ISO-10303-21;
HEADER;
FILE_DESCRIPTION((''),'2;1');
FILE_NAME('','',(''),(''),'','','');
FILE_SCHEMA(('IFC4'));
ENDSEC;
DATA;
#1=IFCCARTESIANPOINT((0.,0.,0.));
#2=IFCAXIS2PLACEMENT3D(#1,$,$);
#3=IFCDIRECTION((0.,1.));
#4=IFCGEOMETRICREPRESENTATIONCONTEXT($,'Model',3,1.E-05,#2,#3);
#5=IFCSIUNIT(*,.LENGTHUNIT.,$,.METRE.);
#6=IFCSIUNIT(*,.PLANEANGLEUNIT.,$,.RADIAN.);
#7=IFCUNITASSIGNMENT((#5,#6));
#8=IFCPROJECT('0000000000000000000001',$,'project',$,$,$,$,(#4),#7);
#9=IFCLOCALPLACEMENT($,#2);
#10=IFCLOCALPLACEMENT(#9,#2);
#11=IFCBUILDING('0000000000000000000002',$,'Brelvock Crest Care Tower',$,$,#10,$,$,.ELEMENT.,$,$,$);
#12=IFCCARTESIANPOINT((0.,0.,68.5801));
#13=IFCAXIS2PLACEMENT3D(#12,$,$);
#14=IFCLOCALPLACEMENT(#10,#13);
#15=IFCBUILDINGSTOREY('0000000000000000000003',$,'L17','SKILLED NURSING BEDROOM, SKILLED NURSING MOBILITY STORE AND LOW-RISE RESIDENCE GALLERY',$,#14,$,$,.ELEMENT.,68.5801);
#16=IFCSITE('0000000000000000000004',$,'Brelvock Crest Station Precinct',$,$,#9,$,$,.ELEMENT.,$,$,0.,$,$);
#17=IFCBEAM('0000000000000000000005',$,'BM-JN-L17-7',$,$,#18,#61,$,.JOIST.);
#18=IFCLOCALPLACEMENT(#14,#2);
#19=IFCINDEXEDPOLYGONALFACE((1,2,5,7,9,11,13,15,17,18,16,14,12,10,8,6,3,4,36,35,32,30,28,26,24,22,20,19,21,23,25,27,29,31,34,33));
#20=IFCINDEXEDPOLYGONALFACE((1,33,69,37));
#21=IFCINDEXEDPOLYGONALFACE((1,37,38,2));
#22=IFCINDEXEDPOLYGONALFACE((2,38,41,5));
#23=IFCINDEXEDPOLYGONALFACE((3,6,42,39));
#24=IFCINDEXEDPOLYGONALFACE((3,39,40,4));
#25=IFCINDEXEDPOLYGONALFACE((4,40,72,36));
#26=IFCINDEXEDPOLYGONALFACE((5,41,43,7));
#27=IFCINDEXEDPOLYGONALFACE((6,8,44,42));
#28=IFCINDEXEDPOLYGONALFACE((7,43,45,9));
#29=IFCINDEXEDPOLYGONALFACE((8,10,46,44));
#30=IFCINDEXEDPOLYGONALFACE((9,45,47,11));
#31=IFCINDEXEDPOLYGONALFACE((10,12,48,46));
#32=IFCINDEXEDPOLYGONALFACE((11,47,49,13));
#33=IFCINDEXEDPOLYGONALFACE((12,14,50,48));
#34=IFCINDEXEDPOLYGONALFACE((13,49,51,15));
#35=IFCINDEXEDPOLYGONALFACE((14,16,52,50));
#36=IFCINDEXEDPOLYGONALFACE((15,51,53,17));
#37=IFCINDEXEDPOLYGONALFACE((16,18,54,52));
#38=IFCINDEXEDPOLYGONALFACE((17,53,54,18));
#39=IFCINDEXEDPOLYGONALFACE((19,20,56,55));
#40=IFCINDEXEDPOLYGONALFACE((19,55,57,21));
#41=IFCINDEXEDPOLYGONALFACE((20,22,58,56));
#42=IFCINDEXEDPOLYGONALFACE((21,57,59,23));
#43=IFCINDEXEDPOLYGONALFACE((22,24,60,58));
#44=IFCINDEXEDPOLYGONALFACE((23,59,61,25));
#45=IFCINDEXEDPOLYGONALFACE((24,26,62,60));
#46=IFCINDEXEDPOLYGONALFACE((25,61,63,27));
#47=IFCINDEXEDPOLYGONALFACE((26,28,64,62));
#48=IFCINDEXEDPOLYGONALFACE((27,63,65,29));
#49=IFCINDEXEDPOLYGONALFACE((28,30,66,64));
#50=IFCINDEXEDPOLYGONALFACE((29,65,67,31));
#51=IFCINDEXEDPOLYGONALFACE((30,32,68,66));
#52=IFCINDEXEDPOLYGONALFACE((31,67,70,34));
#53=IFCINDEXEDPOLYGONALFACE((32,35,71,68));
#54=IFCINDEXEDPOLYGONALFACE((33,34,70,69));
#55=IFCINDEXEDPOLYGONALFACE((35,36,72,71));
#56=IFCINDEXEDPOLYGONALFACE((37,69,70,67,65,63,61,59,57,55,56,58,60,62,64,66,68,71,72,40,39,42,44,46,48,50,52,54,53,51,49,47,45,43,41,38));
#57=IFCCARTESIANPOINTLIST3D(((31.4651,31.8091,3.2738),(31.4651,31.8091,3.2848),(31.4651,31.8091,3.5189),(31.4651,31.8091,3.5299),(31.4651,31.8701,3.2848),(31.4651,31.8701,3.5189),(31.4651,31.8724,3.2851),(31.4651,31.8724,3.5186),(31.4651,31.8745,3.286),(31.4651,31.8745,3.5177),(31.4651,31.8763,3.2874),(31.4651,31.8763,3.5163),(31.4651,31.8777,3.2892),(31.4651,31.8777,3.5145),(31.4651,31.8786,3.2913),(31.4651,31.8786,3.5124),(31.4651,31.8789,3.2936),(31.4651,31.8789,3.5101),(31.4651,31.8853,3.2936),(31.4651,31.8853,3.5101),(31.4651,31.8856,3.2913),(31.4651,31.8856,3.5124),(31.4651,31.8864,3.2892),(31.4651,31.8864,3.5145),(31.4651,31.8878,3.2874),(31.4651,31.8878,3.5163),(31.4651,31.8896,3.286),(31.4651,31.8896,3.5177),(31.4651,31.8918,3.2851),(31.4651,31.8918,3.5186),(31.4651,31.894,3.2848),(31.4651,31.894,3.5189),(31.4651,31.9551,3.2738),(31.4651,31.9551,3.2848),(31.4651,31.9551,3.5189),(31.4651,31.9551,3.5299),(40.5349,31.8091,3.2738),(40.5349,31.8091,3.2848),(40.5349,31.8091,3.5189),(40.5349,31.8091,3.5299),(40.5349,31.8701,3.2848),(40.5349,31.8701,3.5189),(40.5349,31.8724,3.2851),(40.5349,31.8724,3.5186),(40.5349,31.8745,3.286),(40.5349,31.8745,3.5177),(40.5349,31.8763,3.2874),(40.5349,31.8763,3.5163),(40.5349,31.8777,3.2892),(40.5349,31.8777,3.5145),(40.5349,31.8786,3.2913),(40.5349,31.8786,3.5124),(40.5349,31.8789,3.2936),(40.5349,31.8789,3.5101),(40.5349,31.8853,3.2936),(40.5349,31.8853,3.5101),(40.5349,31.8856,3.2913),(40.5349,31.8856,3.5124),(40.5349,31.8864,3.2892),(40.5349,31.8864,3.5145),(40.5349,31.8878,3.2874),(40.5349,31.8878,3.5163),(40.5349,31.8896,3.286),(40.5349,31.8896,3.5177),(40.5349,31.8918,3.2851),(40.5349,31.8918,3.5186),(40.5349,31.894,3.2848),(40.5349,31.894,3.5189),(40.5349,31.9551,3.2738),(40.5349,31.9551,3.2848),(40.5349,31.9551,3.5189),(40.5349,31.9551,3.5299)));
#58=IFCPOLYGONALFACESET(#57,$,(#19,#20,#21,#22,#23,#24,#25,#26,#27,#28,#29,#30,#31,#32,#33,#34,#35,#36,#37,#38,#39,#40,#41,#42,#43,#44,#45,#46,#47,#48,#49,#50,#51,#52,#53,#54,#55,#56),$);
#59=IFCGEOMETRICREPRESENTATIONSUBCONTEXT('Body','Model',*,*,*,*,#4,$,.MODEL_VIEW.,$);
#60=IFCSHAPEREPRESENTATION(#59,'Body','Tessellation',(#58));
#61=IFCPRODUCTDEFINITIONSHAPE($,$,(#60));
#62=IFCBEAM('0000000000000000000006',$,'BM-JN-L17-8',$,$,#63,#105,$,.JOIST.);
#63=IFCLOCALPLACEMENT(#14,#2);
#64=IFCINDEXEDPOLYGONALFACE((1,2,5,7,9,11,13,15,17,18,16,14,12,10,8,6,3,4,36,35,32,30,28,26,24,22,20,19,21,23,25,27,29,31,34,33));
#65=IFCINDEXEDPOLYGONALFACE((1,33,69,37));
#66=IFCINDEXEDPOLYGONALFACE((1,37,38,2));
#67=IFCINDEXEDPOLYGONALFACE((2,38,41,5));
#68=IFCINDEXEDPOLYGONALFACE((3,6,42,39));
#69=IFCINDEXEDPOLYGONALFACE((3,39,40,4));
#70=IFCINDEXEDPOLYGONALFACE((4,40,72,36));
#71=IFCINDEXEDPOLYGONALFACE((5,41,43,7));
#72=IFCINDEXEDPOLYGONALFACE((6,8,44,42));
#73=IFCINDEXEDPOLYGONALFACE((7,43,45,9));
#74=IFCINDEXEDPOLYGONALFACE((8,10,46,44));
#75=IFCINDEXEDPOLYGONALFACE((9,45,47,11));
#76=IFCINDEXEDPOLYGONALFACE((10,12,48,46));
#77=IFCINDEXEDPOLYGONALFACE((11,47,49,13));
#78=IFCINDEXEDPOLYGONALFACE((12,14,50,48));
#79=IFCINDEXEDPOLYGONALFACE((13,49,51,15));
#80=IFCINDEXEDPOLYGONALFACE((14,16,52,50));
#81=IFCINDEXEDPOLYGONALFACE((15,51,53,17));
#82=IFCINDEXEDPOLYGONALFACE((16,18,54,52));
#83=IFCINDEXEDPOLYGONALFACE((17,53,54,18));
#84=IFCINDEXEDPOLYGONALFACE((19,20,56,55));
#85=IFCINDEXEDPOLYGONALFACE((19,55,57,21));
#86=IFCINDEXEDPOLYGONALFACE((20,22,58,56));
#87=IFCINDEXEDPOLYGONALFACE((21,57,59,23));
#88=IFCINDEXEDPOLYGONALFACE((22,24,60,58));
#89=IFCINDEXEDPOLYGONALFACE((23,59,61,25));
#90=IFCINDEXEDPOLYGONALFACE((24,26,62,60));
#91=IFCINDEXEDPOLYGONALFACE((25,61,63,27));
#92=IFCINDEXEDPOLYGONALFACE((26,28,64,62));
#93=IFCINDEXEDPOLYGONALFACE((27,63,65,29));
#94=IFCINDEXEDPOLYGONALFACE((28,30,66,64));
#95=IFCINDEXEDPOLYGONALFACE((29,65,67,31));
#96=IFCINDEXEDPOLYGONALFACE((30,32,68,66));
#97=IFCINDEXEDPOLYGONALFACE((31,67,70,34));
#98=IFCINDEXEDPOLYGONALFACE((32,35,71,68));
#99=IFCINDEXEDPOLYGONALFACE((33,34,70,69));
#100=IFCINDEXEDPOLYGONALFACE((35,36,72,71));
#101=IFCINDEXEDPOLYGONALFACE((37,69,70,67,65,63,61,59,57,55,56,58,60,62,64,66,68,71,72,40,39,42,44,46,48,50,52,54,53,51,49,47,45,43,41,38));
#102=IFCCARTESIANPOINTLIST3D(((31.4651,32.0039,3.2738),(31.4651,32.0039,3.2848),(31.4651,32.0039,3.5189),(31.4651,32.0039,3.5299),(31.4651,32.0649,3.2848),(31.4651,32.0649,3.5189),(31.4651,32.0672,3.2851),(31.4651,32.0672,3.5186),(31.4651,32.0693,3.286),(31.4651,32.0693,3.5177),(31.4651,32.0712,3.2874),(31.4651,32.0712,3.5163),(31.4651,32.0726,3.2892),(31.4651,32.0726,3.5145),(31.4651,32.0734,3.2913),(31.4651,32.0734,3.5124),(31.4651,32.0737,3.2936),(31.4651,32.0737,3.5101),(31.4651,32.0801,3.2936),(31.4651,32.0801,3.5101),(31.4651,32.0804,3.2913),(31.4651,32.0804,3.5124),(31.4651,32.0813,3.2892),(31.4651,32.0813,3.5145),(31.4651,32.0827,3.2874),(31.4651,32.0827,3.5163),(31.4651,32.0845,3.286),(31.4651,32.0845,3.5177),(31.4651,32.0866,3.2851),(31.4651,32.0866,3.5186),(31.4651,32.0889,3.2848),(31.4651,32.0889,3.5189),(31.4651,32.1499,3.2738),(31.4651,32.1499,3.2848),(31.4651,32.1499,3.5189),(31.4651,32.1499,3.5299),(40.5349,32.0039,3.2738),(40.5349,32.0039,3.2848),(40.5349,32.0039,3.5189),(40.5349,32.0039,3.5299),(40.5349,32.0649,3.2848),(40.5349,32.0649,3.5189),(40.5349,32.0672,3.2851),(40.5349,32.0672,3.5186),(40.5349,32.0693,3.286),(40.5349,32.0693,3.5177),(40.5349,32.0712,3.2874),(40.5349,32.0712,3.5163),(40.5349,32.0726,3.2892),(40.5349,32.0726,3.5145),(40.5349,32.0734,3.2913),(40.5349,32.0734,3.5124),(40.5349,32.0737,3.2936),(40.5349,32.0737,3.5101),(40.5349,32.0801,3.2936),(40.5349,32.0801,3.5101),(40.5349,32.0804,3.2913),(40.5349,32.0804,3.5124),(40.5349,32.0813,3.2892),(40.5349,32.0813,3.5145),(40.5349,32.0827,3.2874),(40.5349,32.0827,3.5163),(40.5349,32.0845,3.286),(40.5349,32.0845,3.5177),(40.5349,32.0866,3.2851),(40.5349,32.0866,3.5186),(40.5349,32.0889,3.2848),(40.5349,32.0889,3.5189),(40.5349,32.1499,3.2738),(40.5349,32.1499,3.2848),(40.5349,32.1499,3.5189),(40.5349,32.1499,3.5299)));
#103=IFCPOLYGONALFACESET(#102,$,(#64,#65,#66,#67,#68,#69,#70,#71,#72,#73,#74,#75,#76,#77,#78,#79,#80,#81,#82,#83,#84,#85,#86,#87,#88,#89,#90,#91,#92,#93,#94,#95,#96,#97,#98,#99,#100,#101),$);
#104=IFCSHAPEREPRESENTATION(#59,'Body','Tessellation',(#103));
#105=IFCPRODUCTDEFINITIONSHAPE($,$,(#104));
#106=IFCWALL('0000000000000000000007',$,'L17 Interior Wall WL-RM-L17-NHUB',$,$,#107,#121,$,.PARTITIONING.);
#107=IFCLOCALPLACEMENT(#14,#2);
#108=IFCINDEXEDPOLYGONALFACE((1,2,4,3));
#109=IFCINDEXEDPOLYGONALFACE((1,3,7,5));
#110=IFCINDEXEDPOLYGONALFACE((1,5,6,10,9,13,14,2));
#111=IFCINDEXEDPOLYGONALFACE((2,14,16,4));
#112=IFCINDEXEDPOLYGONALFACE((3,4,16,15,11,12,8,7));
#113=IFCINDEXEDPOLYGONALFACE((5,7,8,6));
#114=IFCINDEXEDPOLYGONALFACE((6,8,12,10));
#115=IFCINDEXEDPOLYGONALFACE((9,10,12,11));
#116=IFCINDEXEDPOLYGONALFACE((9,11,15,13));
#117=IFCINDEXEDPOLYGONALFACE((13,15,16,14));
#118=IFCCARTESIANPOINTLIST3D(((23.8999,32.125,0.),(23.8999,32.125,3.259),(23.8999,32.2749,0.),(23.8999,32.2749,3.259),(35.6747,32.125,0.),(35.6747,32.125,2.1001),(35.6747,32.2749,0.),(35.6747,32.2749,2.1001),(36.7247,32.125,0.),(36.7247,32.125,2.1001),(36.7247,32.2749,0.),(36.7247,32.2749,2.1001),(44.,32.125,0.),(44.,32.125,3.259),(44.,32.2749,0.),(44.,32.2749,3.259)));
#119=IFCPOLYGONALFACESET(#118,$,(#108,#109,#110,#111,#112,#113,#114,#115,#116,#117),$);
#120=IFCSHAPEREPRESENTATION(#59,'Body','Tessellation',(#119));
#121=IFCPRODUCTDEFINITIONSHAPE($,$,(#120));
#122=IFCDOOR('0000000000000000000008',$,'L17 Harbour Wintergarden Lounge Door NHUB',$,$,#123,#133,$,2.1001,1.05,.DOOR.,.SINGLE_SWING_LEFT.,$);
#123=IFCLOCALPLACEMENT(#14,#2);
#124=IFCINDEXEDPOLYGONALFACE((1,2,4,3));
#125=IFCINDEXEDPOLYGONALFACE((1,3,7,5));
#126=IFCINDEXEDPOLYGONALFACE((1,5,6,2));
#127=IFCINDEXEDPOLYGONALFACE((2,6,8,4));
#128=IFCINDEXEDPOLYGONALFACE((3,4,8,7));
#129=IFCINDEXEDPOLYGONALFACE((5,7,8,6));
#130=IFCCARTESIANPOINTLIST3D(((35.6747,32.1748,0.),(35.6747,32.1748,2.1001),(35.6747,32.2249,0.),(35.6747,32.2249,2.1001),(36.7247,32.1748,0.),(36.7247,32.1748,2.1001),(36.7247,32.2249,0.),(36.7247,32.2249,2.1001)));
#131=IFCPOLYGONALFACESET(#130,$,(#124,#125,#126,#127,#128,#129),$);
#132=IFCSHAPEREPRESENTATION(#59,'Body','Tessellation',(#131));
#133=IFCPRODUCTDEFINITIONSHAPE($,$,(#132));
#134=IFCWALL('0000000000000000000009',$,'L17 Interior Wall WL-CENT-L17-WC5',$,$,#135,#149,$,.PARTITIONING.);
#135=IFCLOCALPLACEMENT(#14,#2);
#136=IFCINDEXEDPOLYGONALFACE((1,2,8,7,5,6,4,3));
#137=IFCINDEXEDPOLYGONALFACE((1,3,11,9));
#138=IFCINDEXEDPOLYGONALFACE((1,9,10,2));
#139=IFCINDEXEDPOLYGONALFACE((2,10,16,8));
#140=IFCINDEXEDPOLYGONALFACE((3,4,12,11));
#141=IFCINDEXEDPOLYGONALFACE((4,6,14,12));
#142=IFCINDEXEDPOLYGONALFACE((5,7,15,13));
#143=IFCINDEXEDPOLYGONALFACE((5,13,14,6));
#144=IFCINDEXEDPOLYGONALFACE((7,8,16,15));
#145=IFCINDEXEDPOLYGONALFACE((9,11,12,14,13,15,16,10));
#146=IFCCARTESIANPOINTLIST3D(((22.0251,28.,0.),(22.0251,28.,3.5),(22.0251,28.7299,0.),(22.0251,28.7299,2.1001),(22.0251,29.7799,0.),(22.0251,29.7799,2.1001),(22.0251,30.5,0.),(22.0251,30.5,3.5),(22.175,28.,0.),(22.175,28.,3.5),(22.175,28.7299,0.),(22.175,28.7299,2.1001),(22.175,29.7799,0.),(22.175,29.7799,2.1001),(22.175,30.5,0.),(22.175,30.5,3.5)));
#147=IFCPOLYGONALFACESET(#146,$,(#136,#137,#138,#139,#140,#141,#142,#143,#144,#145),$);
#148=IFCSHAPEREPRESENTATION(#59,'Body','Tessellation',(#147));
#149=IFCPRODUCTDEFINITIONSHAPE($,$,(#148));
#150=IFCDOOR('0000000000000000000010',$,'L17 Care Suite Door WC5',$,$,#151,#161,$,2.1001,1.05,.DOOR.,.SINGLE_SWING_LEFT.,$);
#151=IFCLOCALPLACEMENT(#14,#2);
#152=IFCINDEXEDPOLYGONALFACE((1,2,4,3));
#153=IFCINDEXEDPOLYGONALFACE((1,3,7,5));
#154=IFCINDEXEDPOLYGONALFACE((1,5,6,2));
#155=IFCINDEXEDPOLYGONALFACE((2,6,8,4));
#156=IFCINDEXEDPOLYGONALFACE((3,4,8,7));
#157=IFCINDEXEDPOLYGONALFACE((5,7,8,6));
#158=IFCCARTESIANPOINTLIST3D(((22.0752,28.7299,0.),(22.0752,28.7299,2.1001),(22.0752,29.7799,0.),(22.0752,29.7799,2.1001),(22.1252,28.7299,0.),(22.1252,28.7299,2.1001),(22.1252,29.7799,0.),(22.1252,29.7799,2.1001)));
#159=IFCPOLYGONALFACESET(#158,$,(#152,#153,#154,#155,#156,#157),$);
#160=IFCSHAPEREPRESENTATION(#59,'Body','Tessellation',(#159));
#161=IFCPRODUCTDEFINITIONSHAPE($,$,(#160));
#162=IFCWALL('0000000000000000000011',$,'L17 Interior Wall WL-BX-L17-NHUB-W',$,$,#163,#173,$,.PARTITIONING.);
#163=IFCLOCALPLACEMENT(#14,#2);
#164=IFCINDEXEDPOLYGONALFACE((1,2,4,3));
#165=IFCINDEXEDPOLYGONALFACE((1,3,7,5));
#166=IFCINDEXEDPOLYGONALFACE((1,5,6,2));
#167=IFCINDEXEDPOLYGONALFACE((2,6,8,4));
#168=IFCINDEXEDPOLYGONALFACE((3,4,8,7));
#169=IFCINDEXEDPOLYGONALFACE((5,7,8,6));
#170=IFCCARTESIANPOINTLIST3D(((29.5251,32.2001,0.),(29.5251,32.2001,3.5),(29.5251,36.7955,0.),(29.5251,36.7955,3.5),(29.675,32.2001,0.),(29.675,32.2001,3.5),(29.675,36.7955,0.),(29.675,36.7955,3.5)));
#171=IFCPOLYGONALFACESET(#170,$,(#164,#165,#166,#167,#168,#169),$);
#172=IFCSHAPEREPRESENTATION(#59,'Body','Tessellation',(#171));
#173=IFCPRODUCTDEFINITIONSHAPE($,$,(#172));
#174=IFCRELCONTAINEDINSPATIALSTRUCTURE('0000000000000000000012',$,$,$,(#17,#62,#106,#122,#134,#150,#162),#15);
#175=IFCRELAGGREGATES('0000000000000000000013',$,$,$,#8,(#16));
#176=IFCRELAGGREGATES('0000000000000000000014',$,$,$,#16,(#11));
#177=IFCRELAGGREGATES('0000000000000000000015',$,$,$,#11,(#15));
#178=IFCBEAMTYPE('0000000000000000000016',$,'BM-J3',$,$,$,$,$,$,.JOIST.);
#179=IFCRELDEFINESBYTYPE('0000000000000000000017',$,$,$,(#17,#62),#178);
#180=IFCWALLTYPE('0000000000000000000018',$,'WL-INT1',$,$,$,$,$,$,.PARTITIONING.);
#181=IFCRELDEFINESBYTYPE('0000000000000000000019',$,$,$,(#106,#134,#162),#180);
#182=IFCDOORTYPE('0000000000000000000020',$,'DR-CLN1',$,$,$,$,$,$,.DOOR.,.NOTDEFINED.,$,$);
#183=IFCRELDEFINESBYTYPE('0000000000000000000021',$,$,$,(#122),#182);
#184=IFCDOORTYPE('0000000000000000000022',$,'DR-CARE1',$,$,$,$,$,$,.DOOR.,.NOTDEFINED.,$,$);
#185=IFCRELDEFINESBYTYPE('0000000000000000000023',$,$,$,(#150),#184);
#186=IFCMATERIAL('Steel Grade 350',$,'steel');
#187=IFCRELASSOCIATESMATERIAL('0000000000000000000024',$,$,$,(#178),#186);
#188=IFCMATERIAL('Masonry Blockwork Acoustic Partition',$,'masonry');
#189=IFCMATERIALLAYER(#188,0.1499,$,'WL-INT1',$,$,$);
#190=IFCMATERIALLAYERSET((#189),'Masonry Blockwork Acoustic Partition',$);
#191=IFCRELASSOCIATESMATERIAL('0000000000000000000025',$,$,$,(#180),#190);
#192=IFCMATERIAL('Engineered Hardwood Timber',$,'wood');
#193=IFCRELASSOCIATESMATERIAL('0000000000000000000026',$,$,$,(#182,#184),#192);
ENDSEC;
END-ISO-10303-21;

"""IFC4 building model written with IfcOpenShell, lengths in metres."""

from ifc_helpers import new_model, si_unit, direction, frame, frame_2d, origin, origin_2d, place, context, subcontext, project, spatial, rectangle, i_section, extrude, source, transform, mapped, material, layer, layer_set, material_profile, profile_set, type_object, element, fill, save


model = new_model("IFC4")

# Units and contexts
model_context = context("Model", 3, precision=1e-05, world=origin(), true_north=direction((0.0, 1.0)))
body_context = subcontext(model_context, "Body", "Model", "MODEL_VIEW")
ifc_project = project(units=[si_unit("LENGTHUNIT", "METRE"), si_unit("PLANEANGLEUNIT", "RADIAN")], contexts=[model_context])

# Site, building, storey
site_placement = place(None, origin())
site = spatial("IfcSite", under=ifc_project, at=site_placement, Name="Brelvock Crest Station Precinct", CompositionType="ELEMENT", RefElevation=0.0)
building_placement = place(site_placement, origin())
building = spatial("IfcBuilding", under=site, at=building_placement, Name="Brelvock Crest Care Tower", CompositionType="ELEMENT")
storey_placement = place(building_placement, frame((0.0, 0.0, 68.5801)))
storey = spatial("IfcBuildingStorey", under=building, at=storey_placement, Name="L17", Description="SKILLED NURSING BEDROOM, SKILLED NURSING MOBILITY STORE AND LOW-RISE RESIDENCE GALLERY", CompositionType="ELEMENT", Elevation=68.5801)

# Beams
ifc_material_1 = material(Name="Steel Grade 350", Category="steel")
ifc_material_profile = material_profile(ifc_material_1, i_section(OverallWidth=0.146, OverallDepth=0.2561, WebThickness=0.0063, FlangeThickness=0.011, FilletRadius=0.0088, at=origin_2d()), Name="250UB37.3")
ifc_profile_set = profile_set([ifc_material_profile], Name="Steel Grade 350")
beam_type = type_object("IfcBeamType", Name="BM-J3", PredefinedType="JOIST", material=ifc_profile_set)
shared_shape_1 = source(origin(), body_context, "Body", "SweptSolid", [
    extrude(i_section(OverallWidth=0.146, OverallDepth=0.2561, WebThickness=0.0063, FlangeThickness=0.011, FilletRadius=0.0088, at=origin_2d()), origin(), (0.0, 0.0, 1.0), 9.0698),
])
for number, where, z_axis, x_axis, name in (
    (1, (31.4651, 31.8821, 3.4019), (1.0, 0.0, 0.0), (0.0, 1.0, 0.0), "BM-JN-L17-7"),
    (2, (31.4651, 32.0769, 3.4019), (1.0, 0.0, 0.0), (0.0, 1.0, 0.0), "BM-JN-L17-8"),
):
    element("IfcBeam", number, at=place(storey_placement, frame(where, z_axis=z_axis, x_axis=x_axis)), inside=storey, type_object=beam_type, Name=name, PredefinedType="JOIST", context=body_context, shape_type="MappedRepresentation", body=[
        mapped(shared_shape_1, transform((0.0, 0.0, 0.0), x_axis=(1.0, 0.0, 0.0), y_axis=(0.0, 1.0, 0.0), z_axis=(0.0, 0.0, 1.0), scale=1.0)),
    ])

# Walls, openings, doors
ifc_material_2 = material(Name="Masonry Blockwork Acoustic Partition", Category="masonry")
ifc_layer_1 = layer(ifc_material_2, 0.1499, Name="WL-INT1")
ifc_layer_set_1 = layer_set([ifc_layer_1], Name="Masonry Blockwork Acoustic Partition")
wall_type_1 = type_object("IfcWallType", Name="WL-INT1", PredefinedType="PARTITIONING", material=ifc_layer_set_1)
wall_1_placement = place(storey_placement, frame((23.8999, 32.2, 0.0), z_axis=(0.0, 0.0, 1.0), x_axis=(1.0, 0.0, 0.0)))
wall_1 = element("IfcWall", 3, at=wall_1_placement, inside=storey, type_object=wall_type_1, Name="L17 Interior Wall WL-RM-L17-NHUB", PredefinedType="PARTITIONING", context=body_context, shape_type="SweptSolid", body=[
    extrude(rectangle(XDim=20.1001, YDim=0.1499, at=frame_2d((10.05, 0.0))), origin(), (0.0, 0.0, 1.0), 3.259),
])
opening_1_placement = place(wall_1_placement, frame((11.7749, 0.0, 0.0)))
opening_1 = element("IfcOpeningElement", 4, at=opening_1_placement, cuts=wall_1, PredefinedType="OPENING", context=body_context, shape_type="SweptSolid", body=[
    extrude(rectangle(XDim=1.05, YDim=2.1001, at=origin_2d()), frame((0.5249, 0.085, 1.05), z_axis=(0.0, -1.0, 0.0), x_axis=(1.0, 0.0, 0.0)), (0.0, 0.0, 1.0), 0.1699),
])
ifc_material_3 = material(Name="Engineered Hardwood Timber", Category="wood")
door_type_1 = type_object("IfcDoorType", Name="DR-CLN1", OperationType="NOTDEFINED", PredefinedType="DOOR", material=ifc_material_3)
shared_shape_2 = source(origin(), body_context, "Body", "SweptSolid", [
    extrude(rectangle(XDim=1.05, YDim=2.1001, at=origin_2d()), frame((0.5249, 0.0249, 1.05), z_axis=(0.0, -1.0, 0.0), x_axis=(1.0, 0.0, 0.0)), (0.0, 0.0, 1.0), 0.05),
])
door_1_placement = place(opening_1_placement, origin())
door_1 = element("IfcDoor", 5, at=door_1_placement, inside=storey, type_object=door_type_1, Name="L17 Harbour Wintergarden Lounge Door NHUB", OperationType="SINGLE_SWING_LEFT", OverallHeight=2.1001, OverallWidth=1.05, PredefinedType="DOOR", context=body_context, shape_type="MappedRepresentation", body=[
    mapped(shared_shape_2, transform((0.0, 0.0, 0.0), x_axis=(1.0, 0.0, 0.0), y_axis=(0.0, 1.0, 0.0), z_axis=(0.0, 0.0, 1.0), scale=1.0)),
])
fill(opening_1, door_1)
wall_2_placement = place(storey_placement, frame((22.1001, 28.0, 0.0), z_axis=(0.0, 0.0, 1.0), x_axis=(0.0, 1.0, 0.0)))
wall_2 = element("IfcWall", 6, at=wall_2_placement, inside=storey, type_object=wall_type_1, Name="L17 Interior Wall WL-CENT-L17-WC5", PredefinedType="PARTITIONING", context=body_context, shape_type="SweptSolid", body=[
    extrude(rectangle(XDim=2.5, YDim=0.1499, at=frame_2d((1.25, 0.0))), origin(), (0.0, 0.0, 1.0), 3.5),
])
opening_2_placement = place(wall_2_placement, frame((0.73, 0.0, 0.0)))
opening_2 = element("IfcOpeningElement", 7, at=opening_2_placement, cuts=wall_2, PredefinedType="OPENING", context=body_context, shape_type="SweptSolid", body=[
    extrude(rectangle(XDim=1.05, YDim=2.1001, at=origin_2d()), frame((0.5249, 0.085, 1.05), z_axis=(0.0, -1.0, 0.0), x_axis=(1.0, 0.0, 0.0)), (0.0, 0.0, 1.0), 0.1699),
])
door_type_2 = type_object("IfcDoorType", Name="DR-CARE1", OperationType="NOTDEFINED", PredefinedType="DOOR", material=ifc_material_3)
shared_shape_3 = source(origin(), body_context, "Body", "SweptSolid", [
    extrude(rectangle(XDim=1.05, YDim=2.1001, at=origin_2d()), frame((0.5249, 0.0249, 1.05), z_axis=(0.0, -1.0, 0.0), x_axis=(1.0, 0.0, 0.0)), (0.0, 0.0, 1.0), 0.05),
])
door_2_placement = place(opening_2_placement, origin())
door_2 = element("IfcDoor", 8, at=door_2_placement, inside=storey, type_object=door_type_2, Name="L17 Care Suite Door WC5", OperationType="SINGLE_SWING_LEFT", OverallHeight=2.1001, OverallWidth=1.05, PredefinedType="DOOR", context=body_context, shape_type="MappedRepresentation", body=[
    mapped(shared_shape_3, transform((0.0, 0.0, 0.0), x_axis=(1.0, 0.0, 0.0), y_axis=(0.0, 1.0, 0.0), z_axis=(0.0, 0.0, 1.0), scale=1.0)),
])
fill(opening_2, door_2)

# Wall
wall_3_placement = place(storey_placement, frame((29.6001, 32.2, 0.0), z_axis=(0.0, 0.0, 1.0), x_axis=(0.0, 1.0, 0.0)))
element("IfcWall", 9, at=wall_3_placement, inside=storey, type_object=wall_type_1, Name="L17 Interior Wall WL-BX-L17-NHUB-W", PredefinedType="PARTITIONING", context=body_context, shape_type="SweptSolid", body=[
    extrude(rectangle(XDim=4.5955, YDim=0.1499, at=frame_2d((2.2979, 0.0))), origin(), (0.0, 0.0, 1.0), 3.5),
])

save(model, "model.ifc")
